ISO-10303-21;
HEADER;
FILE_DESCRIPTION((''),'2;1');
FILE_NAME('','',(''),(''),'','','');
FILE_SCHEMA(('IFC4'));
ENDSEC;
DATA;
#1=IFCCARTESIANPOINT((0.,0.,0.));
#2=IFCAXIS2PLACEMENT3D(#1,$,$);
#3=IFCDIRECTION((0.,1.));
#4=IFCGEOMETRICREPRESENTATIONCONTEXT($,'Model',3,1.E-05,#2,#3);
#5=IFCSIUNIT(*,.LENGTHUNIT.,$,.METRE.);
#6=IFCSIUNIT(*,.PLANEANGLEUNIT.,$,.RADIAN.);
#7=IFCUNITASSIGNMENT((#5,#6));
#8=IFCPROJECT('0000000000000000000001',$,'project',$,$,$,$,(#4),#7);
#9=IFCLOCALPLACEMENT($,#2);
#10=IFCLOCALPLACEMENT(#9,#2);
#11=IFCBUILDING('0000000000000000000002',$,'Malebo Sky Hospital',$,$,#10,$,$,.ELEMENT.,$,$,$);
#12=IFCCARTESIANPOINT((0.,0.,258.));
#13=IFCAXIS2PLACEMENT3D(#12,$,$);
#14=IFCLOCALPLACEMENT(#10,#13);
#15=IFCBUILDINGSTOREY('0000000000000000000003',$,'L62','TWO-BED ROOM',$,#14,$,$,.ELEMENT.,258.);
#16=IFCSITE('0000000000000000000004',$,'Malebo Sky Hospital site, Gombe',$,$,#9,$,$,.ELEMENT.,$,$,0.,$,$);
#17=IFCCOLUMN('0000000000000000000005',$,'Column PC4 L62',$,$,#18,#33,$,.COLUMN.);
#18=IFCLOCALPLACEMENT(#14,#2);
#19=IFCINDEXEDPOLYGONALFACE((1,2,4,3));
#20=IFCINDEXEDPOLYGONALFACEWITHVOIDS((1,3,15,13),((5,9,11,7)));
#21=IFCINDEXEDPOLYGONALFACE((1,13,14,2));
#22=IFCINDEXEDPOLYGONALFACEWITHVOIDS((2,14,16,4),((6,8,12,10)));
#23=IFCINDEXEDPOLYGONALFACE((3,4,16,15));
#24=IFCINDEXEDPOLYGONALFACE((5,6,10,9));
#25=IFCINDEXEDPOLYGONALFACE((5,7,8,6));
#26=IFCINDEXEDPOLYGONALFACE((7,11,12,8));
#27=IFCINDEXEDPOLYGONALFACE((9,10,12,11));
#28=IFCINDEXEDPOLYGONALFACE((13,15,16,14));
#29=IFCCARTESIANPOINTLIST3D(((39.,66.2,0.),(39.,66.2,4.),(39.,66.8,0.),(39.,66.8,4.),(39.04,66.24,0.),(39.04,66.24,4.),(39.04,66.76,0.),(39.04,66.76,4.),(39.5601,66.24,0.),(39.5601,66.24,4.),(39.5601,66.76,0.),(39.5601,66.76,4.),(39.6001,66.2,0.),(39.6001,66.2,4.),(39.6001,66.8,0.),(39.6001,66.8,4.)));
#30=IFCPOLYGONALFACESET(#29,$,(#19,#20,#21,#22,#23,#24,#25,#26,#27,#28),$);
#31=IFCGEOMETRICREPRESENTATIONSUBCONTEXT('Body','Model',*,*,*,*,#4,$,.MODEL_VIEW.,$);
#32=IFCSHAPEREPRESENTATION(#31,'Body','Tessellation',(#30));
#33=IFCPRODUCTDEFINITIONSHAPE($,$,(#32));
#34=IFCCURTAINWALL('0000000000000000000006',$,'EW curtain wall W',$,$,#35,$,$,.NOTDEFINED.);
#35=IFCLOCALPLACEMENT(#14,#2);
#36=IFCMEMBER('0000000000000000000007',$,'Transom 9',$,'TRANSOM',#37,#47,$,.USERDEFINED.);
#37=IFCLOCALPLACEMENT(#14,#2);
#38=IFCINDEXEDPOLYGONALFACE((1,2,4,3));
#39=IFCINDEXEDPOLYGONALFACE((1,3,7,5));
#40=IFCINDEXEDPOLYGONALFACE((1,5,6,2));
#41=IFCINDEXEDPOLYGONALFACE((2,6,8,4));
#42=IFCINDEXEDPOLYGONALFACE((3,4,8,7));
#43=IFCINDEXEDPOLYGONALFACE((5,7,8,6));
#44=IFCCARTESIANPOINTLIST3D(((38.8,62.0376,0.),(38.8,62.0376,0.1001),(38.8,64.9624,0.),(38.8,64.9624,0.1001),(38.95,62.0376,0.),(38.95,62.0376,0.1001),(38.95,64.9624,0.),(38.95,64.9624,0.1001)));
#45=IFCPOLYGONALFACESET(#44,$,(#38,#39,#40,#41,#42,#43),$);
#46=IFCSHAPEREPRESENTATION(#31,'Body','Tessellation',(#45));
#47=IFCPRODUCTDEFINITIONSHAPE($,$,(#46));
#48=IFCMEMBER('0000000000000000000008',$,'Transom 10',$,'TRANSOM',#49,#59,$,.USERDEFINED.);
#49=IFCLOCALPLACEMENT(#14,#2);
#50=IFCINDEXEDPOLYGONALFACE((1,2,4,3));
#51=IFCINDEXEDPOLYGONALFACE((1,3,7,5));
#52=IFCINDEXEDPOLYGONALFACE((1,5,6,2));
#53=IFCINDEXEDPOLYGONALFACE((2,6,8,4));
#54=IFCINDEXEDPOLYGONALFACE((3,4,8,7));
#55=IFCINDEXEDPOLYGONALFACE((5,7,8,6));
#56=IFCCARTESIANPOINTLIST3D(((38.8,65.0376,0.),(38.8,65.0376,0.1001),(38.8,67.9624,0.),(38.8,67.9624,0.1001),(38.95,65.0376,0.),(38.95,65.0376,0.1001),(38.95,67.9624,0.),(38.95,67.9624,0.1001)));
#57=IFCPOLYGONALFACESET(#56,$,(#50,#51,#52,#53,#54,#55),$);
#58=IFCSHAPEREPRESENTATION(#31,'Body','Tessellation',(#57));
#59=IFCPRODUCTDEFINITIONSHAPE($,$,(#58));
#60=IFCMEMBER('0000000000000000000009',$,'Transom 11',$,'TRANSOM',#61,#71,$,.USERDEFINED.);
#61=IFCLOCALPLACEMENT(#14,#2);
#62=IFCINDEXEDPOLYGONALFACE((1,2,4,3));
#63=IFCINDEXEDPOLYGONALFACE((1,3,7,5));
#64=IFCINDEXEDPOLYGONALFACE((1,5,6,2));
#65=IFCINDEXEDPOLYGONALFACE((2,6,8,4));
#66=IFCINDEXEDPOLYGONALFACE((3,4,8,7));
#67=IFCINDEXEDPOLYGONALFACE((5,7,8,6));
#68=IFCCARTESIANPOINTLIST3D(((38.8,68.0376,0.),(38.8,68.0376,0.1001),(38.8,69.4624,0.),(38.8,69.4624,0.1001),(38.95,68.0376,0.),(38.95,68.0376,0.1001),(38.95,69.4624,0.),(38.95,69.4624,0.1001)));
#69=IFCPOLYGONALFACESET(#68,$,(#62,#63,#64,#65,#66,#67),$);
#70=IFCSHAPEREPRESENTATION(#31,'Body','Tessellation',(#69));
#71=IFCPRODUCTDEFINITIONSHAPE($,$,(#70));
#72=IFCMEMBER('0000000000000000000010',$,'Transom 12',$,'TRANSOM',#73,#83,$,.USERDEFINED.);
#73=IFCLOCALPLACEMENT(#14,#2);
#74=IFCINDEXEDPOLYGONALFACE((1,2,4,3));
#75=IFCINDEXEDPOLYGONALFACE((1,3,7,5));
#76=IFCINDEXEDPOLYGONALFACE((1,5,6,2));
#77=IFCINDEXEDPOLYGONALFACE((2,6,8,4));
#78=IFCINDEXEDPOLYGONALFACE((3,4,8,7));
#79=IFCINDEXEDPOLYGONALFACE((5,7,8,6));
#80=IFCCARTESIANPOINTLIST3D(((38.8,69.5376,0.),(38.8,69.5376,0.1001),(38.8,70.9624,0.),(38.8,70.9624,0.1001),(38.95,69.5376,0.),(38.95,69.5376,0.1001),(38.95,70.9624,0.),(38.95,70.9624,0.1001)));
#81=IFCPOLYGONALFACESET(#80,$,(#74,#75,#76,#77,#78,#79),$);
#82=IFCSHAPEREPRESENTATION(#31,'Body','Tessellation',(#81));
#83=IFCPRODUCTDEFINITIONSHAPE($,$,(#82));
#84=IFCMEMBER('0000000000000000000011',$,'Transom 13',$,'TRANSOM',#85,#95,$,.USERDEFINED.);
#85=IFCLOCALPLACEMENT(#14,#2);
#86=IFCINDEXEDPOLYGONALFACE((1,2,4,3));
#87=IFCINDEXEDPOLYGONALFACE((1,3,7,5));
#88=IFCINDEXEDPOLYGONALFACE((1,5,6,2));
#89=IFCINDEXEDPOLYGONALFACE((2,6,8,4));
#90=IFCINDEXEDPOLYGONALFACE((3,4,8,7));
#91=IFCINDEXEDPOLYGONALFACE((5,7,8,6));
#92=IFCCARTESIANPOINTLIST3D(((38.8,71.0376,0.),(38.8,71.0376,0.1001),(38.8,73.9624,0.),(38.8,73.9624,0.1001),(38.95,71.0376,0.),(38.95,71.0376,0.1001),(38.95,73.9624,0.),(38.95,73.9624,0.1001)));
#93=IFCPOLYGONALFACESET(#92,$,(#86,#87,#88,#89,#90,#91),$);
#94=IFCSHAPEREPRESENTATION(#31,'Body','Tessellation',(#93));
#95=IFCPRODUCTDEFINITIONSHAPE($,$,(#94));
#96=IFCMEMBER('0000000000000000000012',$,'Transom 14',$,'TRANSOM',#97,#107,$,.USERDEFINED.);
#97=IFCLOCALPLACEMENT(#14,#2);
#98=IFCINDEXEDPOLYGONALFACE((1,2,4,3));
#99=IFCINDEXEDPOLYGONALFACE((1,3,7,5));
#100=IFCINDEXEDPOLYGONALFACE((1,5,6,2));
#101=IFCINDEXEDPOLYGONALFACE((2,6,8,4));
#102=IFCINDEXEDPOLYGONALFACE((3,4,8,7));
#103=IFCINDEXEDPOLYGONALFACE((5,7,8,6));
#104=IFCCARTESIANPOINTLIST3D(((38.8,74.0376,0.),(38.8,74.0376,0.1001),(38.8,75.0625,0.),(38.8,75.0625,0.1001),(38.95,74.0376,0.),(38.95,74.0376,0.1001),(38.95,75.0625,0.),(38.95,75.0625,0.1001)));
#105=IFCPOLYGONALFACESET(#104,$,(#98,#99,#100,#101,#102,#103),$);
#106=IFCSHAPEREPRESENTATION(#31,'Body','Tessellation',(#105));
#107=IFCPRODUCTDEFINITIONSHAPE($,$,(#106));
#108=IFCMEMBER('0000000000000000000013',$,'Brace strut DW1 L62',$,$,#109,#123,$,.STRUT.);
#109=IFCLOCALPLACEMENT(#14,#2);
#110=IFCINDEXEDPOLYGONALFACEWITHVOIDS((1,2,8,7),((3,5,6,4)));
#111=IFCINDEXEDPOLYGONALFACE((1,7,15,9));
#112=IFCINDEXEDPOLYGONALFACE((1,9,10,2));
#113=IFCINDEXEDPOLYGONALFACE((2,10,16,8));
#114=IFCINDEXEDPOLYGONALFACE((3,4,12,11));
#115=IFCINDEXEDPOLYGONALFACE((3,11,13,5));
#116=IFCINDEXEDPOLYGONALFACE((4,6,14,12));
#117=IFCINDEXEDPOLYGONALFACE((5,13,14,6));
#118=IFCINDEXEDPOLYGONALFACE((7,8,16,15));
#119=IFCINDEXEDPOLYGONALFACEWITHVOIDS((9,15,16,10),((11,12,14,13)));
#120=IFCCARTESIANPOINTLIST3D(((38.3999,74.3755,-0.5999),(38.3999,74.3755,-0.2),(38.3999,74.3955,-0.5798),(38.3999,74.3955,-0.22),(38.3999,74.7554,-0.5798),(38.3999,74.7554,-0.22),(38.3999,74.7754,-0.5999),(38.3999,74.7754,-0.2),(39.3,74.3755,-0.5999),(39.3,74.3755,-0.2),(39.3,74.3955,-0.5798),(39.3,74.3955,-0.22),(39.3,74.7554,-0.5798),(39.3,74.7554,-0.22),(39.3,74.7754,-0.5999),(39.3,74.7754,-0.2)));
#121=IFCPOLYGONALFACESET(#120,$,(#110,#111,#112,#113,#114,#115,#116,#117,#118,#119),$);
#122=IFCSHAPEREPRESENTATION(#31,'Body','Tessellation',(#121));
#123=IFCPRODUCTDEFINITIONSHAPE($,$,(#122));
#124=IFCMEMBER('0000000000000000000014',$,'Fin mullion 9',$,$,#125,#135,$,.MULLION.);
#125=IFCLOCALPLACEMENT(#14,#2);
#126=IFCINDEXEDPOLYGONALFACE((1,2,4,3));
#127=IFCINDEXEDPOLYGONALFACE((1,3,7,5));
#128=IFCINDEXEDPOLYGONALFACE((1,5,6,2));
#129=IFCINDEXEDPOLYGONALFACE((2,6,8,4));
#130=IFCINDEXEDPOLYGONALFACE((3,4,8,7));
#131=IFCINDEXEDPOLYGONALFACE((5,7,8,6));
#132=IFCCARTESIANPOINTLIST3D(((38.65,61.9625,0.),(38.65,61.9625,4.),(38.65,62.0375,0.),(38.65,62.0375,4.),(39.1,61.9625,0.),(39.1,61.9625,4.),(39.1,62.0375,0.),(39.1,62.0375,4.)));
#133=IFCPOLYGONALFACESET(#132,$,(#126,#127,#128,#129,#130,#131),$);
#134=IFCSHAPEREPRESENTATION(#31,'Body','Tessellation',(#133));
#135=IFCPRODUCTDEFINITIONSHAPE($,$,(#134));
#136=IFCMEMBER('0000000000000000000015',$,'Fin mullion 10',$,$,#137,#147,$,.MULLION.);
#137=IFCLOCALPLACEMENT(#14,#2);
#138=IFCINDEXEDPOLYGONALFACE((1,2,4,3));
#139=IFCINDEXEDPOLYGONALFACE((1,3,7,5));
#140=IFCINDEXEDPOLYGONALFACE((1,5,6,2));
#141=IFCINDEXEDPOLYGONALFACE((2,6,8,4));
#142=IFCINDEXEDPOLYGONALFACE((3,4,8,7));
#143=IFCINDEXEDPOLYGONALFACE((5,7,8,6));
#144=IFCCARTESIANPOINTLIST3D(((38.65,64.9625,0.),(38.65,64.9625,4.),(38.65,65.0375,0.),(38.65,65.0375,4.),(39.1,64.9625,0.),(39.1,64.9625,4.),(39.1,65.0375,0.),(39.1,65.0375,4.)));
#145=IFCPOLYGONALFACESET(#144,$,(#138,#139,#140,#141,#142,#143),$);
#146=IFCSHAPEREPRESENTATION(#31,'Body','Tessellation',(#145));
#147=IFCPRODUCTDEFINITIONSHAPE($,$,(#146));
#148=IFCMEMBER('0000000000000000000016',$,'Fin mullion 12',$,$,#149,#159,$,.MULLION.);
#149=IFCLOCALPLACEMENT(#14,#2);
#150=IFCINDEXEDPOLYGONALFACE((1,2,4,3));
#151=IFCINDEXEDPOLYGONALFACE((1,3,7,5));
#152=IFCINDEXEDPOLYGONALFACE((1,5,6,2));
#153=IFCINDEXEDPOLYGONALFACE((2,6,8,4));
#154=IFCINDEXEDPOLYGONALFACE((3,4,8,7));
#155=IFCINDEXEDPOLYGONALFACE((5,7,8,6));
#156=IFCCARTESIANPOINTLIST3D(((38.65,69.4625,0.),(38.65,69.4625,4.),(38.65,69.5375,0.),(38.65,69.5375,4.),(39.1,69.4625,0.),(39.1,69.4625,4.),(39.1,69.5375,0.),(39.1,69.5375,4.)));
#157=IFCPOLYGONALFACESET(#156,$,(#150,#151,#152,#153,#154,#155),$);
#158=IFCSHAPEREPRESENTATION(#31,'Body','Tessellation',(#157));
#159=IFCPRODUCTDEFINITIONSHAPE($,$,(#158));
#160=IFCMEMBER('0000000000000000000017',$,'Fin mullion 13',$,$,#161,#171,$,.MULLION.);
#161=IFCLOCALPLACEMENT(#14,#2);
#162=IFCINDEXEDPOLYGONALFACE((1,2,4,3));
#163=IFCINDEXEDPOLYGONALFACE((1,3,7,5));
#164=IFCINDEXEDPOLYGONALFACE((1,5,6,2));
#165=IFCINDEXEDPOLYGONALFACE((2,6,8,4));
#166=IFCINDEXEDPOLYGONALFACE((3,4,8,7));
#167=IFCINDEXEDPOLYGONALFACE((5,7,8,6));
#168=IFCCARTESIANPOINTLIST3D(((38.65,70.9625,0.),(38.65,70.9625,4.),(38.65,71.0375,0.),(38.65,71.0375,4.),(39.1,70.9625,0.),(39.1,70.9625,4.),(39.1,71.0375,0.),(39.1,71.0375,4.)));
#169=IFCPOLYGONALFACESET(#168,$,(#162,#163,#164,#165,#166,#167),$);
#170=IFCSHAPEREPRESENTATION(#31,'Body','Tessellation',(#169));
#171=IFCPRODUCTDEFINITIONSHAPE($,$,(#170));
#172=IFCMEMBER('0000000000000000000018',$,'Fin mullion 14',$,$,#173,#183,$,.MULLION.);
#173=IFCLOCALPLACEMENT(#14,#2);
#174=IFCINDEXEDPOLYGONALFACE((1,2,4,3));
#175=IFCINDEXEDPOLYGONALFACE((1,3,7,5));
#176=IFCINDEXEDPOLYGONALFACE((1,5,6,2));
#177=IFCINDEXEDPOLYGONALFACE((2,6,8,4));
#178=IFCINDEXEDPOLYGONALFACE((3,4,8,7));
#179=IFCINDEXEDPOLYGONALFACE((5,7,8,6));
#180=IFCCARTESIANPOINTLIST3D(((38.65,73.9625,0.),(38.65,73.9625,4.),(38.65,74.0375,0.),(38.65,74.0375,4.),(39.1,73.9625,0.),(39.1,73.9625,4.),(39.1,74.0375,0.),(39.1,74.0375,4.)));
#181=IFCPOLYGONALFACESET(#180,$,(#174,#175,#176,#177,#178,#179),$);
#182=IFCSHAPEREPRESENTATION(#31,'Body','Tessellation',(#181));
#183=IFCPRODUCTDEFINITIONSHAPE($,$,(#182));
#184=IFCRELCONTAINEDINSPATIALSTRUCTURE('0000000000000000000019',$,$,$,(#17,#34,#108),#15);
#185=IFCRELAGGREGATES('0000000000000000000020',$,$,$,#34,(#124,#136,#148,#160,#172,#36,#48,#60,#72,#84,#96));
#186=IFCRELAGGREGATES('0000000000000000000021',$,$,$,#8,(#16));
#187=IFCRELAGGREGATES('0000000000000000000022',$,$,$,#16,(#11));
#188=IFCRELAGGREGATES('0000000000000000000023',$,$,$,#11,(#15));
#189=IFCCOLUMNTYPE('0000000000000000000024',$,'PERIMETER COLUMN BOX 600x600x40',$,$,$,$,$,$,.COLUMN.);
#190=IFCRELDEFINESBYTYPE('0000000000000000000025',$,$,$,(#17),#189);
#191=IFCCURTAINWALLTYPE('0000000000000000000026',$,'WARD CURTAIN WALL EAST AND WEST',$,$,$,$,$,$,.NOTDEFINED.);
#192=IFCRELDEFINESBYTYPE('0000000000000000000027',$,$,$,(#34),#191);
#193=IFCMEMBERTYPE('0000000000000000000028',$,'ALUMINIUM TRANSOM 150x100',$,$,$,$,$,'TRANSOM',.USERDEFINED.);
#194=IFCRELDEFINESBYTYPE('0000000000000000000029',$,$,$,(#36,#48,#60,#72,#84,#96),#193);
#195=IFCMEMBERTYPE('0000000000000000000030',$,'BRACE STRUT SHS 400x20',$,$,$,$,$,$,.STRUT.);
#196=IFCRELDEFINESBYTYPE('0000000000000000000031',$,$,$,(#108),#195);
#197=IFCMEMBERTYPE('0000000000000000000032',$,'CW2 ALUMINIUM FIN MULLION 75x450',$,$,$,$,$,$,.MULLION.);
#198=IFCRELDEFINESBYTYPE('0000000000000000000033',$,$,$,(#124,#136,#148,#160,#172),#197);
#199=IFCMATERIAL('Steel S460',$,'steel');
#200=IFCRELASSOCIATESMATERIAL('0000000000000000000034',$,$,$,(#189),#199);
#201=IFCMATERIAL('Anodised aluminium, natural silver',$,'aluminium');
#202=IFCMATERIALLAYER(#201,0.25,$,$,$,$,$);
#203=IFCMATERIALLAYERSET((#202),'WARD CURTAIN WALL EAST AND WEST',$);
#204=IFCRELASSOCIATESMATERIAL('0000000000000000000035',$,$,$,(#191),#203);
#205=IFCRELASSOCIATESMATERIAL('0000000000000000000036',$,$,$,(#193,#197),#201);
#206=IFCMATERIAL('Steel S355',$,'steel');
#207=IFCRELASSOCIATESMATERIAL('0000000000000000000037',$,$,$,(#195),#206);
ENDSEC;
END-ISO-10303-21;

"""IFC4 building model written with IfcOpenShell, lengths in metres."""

from ifc_helpers import new_model, si_unit, direction, frame, origin, origin_2d, place, context, subcontext, project, spatial, rectangle, hollow_rectangle, extrude, material, layer, layer_set, material_profile, profile_set, type_object, element, aggregate, save


model = new_model("IFC4")

# Units and contexts
model_context = context("Model", 3, precision=1e-05, world=origin(), true_north=direction((0.0, 1.0)))
body_context = subcontext(model_context, "Body", "Model", "MODEL_VIEW")
ifc_project = project(units=[si_unit("LENGTHUNIT", "METRE"), si_unit("PLANEANGLEUNIT", "RADIAN")], contexts=[model_context])

# Site, building, storey
site_placement = place(None, origin())
site = spatial("IfcSite", under=ifc_project, at=site_placement, Name="Malebo Sky Hospital site, Gombe", CompositionType="ELEMENT", RefElevation=0.0)
building_placement = place(site_placement, origin())
building = spatial("IfcBuilding", under=site, at=building_placement, Name="Malebo Sky Hospital", CompositionType="ELEMENT")
storey_placement = place(building_placement, frame((0.0, 0.0, 258.0)))
storey = spatial("IfcBuildingStorey", under=building, at=storey_placement, Name="L62", Description="TWO-BED ROOM", CompositionType="ELEMENT", Elevation=258.0)

# Column
ifc_material_1 = material(Name="Steel S460", Category="steel")
ifc_material_profile_1 = material_profile(ifc_material_1, hollow_rectangle(XDim=0.6001, YDim=0.6001, WallThickness=0.04, at=origin_2d()), Name="BOX 600x600x40")
ifc_profile_set_1 = profile_set([ifc_material_profile_1], Name="Steel S460")
column_type = type_object("IfcColumnType", Name="PERIMETER COLUMN BOX 600x600x40", PredefinedType="COLUMN", material=ifc_profile_set_1)
column_placement = place(storey_placement, frame((39.3, 66.5, 0.0), z_axis=(0.0, 0.0, 1.0), x_axis=(1.0, 0.0, 0.0)))
element("IfcColumn", 1, at=column_placement, inside=storey, type_object=column_type, Name="Column PC4 L62", PredefinedType="COLUMN", context=body_context, shape_type="SweptSolid", body=[
    extrude(hollow_rectangle(XDim=0.6001, YDim=0.6001, WallThickness=0.04, at=origin_2d()), origin(), (0.0, 0.0, 1.0), 4.0),
])

# Curtain wall, members
ifc_material_2 = material(Name="Anodised aluminium, natural silver", Category="aluminium")
ifc_layer_1 = layer(ifc_material_2, 0.25)
ifc_layer_set_1 = layer_set([ifc_layer_1], Name="WARD CURTAIN WALL EAST AND WEST")
curtain_wall_type = type_object("IfcCurtainWallType", Name="WARD CURTAIN WALL EAST AND WEST", PredefinedType="NOTDEFINED", material=ifc_layer_set_1)
curtain_wall_placement = place(storey_placement, origin())
curtain_wall = element("IfcCurtainWall", 2, at=curtain_wall_placement, inside=storey, type_object=curtain_wall_type, Name="EW curtain wall W", PredefinedType="NOTDEFINED")
ifc_material_profile_2 = material_profile(ifc_material_2, rectangle(XDim=0.1499, YDim=0.1001, at=origin_2d()), Name="ALUMINIUM TRANSOM 150x100")
ifc_profile_set_2 = profile_set([ifc_material_profile_2], Name="Anodised aluminium, natural silver")
member_type_1 = type_object("IfcMemberType", Name="ALUMINIUM TRANSOM 150x100", ElementType="TRANSOM", PredefinedType="USERDEFINED", material=ifc_profile_set_2)
member_1_placement = place(storey_placement, frame((38.875, 62.0376, 0.05), z_axis=(0.0, 1.0, 0.0), x_axis=(-1.0, 0.0, 0.0)))
member_1 = element("IfcMember", 3, at=member_1_placement, type_object=member_type_1, Name="Transom 9", ObjectType="TRANSOM", PredefinedType="USERDEFINED", context=body_context, shape_type="SweptSolid", body=[
    extrude(rectangle(XDim=0.1499, YDim=0.1001, at=origin_2d()), origin(), (0.0, 0.0, 1.0), 2.9248),
])
member_2_placement = place(storey_placement, frame((38.875, 65.0376, 0.05), z_axis=(0.0, 1.0, 0.0), x_axis=(-1.0, 0.0, 0.0)))
member_2 = element("IfcMember", 4, at=member_2_placement, type_object=member_type_1, Name="Transom 10", ObjectType="TRANSOM", PredefinedType="USERDEFINED", context=body_context, shape_type="SweptSolid", body=[
    extrude(rectangle(XDim=0.1499, YDim=0.1001, at=origin_2d()), origin(), (0.0, 0.0, 1.0), 2.9248),
])
member_3_placement = place(storey_placement, frame((38.875, 68.0376, 0.05), z_axis=(0.0, 1.0, 0.0), x_axis=(-1.0, 0.0, 0.0)))
member_3 = element("IfcMember", 5, at=member_3_placement, type_object=member_type_1, Name="Transom 11", ObjectType="TRANSOM", PredefinedType="USERDEFINED", context=body_context, shape_type="SweptSolid", body=[
    extrude(rectangle(XDim=0.1499, YDim=0.1001, at=origin_2d()), origin(), (0.0, 0.0, 1.0), 1.4248),
])
member_4_placement = place(storey_placement, frame((38.875, 69.5376, 0.05), z_axis=(0.0, 1.0, 0.0), x_axis=(-1.0, 0.0, 0.0)))
member_4 = element("IfcMember", 6, at=member_4_placement, type_object=member_type_1, Name="Transom 12", ObjectType="TRANSOM", PredefinedType="USERDEFINED", context=body_context, shape_type="SweptSolid", body=[
    extrude(rectangle(XDim=0.1499, YDim=0.1001, at=origin_2d()), origin(), (0.0, 0.0, 1.0), 1.4248),
])
member_5_placement = place(storey_placement, frame((38.875, 71.0376, 0.05), z_axis=(0.0, 1.0, 0.0), x_axis=(-1.0, 0.0, 0.0)))
member_5 = element("IfcMember", 7, at=member_5_placement, type_object=member_type_1, Name="Transom 13", ObjectType="TRANSOM", PredefinedType="USERDEFINED", context=body_context, shape_type="SweptSolid", body=[
    extrude(rectangle(XDim=0.1499, YDim=0.1001, at=origin_2d()), origin(), (0.0, 0.0, 1.0), 2.9248),
])
member_6_placement = place(storey_placement, frame((38.875, 74.0376, 0.05), z_axis=(0.0, 1.0, 0.0), x_axis=(-1.0, 0.0, 0.0)))
member_6 = element("IfcMember", 8, at=member_6_placement, type_object=member_type_1, Name="Transom 14", ObjectType="TRANSOM", PredefinedType="USERDEFINED", context=body_context, shape_type="SweptSolid", body=[
    extrude(rectangle(XDim=0.1499, YDim=0.1001, at=origin_2d()), origin(), (0.0, 0.0, 1.0), 1.0249),
])

# Members
ifc_material_3 = material(Name="Steel S355", Category="steel")
ifc_material_profile_3 = material_profile(ifc_material_3, hollow_rectangle(XDim=0.3999, YDim=0.3999, WallThickness=0.02, at=origin_2d()), Name="SHS 400x20")
ifc_profile_set_3 = profile_set([ifc_material_profile_3], Name="Steel S355")
member_type_2 = type_object("IfcMemberType", Name="BRACE STRUT SHS 400x20", PredefinedType="STRUT", material=ifc_profile_set_3)
member_7_placement = place(storey_placement, frame((38.3999, 74.5754, -0.3999), z_axis=(1.0, 0.0, 0.0), x_axis=(0.0, 1.0, 0.0)))
element("IfcMember", 9, at=member_7_placement, inside=storey, type_object=member_type_2, Name="Brace strut DW1 L62", PredefinedType="STRUT", context=body_context, shape_type="SweptSolid", body=[
    extrude(hollow_rectangle(XDim=0.3999, YDim=0.3999, WallThickness=0.02, at=origin_2d()), origin(), (0.0, 0.0, 1.0), 0.9001),
])
ifc_material_profile_4 = material_profile(ifc_material_2, rectangle(XDim=0.075, YDim=0.45, at=origin_2d()), Name="CW2 ALUMINIUM FIN MULLION 75x450")
ifc_profile_set_4 = profile_set([ifc_material_profile_4], Name="Anodised aluminium, natural silver")
member_type_3 = type_object("IfcMemberType", Name="CW2 ALUMINIUM FIN MULLION 75x450", PredefinedType="MULLION", material=ifc_profile_set_4)
member_8_placement = place(storey_placement, frame((38.875, 62.0, 0.0), z_axis=(0.0, 0.0, 1.0), x_axis=(0.0, 1.0, 0.0)))
member_8 = element("IfcMember", 10, at=member_8_placement, type_object=member_type_3, Name="Fin mullion 9", PredefinedType="MULLION", context=body_context, shape_type="SweptSolid", body=[
    extrude(rectangle(XDim=0.075, YDim=0.45, at=origin_2d()), origin(), (0.0, 0.0, 1.0), 4.0),
])
member_9_placement = place(storey_placement, frame((38.875, 65.0, 0.0), z_axis=(0.0, 0.0, 1.0), x_axis=(0.0, 1.0, 0.0)))
member_9 = element("IfcMember", 11, at=member_9_placement, type_object=member_type_3, Name="Fin mullion 10", PredefinedType="MULLION", context=body_context, shape_type="SweptSolid", body=[
    extrude(rectangle(XDim=0.075, YDim=0.45, at=origin_2d()), origin(), (0.0, 0.0, 1.0), 4.0),
])
member_10_placement = place(storey_placement, frame((38.875, 69.5, 0.0), z_axis=(0.0, 0.0, 1.0), x_axis=(0.0, 1.0, 0.0)))
member_10 = element("IfcMember", 12, at=member_10_placement, type_object=member_type_3, Name="Fin mullion 12", PredefinedType="MULLION", context=body_context, shape_type="SweptSolid", body=[
    extrude(rectangle(XDim=0.075, YDim=0.45, at=origin_2d()), origin(), (0.0, 0.0, 1.0), 4.0),
])
member_11_placement = place(storey_placement, frame((38.875, 71.0, 0.0), z_axis=(0.0, 0.0, 1.0), x_axis=(0.0, 1.0, 0.0)))
member_11 = element("IfcMember", 13, at=member_11_placement, type_object=member_type_3, Name="Fin mullion 13", PredefinedType="MULLION", context=body_context, shape_type="SweptSolid", body=[
    extrude(rectangle(XDim=0.075, YDim=0.45, at=origin_2d()), origin(), (0.0, 0.0, 1.0), 4.0),
])
member_12_placement = place(storey_placement, frame((38.875, 74.0, 0.0), z_axis=(0.0, 0.0, 1.0), x_axis=(0.0, 1.0, 0.0)))
member_12 = element("IfcMember", 14, at=member_12_placement, type_object=member_type_3, Name="Fin mullion 14", PredefinedType="MULLION", context=body_context, shape_type="SweptSolid", body=[
    extrude(rectangle(XDim=0.075, YDim=0.45, at=origin_2d()), origin(), (0.0, 0.0, 1.0), 4.0),
])

aggregate(curtain_wall, [member_8, member_9, member_10, member_11, member_12, member_1, member_2, member_3, member_4, member_5, member_6])

save(model, "model.ifc")
